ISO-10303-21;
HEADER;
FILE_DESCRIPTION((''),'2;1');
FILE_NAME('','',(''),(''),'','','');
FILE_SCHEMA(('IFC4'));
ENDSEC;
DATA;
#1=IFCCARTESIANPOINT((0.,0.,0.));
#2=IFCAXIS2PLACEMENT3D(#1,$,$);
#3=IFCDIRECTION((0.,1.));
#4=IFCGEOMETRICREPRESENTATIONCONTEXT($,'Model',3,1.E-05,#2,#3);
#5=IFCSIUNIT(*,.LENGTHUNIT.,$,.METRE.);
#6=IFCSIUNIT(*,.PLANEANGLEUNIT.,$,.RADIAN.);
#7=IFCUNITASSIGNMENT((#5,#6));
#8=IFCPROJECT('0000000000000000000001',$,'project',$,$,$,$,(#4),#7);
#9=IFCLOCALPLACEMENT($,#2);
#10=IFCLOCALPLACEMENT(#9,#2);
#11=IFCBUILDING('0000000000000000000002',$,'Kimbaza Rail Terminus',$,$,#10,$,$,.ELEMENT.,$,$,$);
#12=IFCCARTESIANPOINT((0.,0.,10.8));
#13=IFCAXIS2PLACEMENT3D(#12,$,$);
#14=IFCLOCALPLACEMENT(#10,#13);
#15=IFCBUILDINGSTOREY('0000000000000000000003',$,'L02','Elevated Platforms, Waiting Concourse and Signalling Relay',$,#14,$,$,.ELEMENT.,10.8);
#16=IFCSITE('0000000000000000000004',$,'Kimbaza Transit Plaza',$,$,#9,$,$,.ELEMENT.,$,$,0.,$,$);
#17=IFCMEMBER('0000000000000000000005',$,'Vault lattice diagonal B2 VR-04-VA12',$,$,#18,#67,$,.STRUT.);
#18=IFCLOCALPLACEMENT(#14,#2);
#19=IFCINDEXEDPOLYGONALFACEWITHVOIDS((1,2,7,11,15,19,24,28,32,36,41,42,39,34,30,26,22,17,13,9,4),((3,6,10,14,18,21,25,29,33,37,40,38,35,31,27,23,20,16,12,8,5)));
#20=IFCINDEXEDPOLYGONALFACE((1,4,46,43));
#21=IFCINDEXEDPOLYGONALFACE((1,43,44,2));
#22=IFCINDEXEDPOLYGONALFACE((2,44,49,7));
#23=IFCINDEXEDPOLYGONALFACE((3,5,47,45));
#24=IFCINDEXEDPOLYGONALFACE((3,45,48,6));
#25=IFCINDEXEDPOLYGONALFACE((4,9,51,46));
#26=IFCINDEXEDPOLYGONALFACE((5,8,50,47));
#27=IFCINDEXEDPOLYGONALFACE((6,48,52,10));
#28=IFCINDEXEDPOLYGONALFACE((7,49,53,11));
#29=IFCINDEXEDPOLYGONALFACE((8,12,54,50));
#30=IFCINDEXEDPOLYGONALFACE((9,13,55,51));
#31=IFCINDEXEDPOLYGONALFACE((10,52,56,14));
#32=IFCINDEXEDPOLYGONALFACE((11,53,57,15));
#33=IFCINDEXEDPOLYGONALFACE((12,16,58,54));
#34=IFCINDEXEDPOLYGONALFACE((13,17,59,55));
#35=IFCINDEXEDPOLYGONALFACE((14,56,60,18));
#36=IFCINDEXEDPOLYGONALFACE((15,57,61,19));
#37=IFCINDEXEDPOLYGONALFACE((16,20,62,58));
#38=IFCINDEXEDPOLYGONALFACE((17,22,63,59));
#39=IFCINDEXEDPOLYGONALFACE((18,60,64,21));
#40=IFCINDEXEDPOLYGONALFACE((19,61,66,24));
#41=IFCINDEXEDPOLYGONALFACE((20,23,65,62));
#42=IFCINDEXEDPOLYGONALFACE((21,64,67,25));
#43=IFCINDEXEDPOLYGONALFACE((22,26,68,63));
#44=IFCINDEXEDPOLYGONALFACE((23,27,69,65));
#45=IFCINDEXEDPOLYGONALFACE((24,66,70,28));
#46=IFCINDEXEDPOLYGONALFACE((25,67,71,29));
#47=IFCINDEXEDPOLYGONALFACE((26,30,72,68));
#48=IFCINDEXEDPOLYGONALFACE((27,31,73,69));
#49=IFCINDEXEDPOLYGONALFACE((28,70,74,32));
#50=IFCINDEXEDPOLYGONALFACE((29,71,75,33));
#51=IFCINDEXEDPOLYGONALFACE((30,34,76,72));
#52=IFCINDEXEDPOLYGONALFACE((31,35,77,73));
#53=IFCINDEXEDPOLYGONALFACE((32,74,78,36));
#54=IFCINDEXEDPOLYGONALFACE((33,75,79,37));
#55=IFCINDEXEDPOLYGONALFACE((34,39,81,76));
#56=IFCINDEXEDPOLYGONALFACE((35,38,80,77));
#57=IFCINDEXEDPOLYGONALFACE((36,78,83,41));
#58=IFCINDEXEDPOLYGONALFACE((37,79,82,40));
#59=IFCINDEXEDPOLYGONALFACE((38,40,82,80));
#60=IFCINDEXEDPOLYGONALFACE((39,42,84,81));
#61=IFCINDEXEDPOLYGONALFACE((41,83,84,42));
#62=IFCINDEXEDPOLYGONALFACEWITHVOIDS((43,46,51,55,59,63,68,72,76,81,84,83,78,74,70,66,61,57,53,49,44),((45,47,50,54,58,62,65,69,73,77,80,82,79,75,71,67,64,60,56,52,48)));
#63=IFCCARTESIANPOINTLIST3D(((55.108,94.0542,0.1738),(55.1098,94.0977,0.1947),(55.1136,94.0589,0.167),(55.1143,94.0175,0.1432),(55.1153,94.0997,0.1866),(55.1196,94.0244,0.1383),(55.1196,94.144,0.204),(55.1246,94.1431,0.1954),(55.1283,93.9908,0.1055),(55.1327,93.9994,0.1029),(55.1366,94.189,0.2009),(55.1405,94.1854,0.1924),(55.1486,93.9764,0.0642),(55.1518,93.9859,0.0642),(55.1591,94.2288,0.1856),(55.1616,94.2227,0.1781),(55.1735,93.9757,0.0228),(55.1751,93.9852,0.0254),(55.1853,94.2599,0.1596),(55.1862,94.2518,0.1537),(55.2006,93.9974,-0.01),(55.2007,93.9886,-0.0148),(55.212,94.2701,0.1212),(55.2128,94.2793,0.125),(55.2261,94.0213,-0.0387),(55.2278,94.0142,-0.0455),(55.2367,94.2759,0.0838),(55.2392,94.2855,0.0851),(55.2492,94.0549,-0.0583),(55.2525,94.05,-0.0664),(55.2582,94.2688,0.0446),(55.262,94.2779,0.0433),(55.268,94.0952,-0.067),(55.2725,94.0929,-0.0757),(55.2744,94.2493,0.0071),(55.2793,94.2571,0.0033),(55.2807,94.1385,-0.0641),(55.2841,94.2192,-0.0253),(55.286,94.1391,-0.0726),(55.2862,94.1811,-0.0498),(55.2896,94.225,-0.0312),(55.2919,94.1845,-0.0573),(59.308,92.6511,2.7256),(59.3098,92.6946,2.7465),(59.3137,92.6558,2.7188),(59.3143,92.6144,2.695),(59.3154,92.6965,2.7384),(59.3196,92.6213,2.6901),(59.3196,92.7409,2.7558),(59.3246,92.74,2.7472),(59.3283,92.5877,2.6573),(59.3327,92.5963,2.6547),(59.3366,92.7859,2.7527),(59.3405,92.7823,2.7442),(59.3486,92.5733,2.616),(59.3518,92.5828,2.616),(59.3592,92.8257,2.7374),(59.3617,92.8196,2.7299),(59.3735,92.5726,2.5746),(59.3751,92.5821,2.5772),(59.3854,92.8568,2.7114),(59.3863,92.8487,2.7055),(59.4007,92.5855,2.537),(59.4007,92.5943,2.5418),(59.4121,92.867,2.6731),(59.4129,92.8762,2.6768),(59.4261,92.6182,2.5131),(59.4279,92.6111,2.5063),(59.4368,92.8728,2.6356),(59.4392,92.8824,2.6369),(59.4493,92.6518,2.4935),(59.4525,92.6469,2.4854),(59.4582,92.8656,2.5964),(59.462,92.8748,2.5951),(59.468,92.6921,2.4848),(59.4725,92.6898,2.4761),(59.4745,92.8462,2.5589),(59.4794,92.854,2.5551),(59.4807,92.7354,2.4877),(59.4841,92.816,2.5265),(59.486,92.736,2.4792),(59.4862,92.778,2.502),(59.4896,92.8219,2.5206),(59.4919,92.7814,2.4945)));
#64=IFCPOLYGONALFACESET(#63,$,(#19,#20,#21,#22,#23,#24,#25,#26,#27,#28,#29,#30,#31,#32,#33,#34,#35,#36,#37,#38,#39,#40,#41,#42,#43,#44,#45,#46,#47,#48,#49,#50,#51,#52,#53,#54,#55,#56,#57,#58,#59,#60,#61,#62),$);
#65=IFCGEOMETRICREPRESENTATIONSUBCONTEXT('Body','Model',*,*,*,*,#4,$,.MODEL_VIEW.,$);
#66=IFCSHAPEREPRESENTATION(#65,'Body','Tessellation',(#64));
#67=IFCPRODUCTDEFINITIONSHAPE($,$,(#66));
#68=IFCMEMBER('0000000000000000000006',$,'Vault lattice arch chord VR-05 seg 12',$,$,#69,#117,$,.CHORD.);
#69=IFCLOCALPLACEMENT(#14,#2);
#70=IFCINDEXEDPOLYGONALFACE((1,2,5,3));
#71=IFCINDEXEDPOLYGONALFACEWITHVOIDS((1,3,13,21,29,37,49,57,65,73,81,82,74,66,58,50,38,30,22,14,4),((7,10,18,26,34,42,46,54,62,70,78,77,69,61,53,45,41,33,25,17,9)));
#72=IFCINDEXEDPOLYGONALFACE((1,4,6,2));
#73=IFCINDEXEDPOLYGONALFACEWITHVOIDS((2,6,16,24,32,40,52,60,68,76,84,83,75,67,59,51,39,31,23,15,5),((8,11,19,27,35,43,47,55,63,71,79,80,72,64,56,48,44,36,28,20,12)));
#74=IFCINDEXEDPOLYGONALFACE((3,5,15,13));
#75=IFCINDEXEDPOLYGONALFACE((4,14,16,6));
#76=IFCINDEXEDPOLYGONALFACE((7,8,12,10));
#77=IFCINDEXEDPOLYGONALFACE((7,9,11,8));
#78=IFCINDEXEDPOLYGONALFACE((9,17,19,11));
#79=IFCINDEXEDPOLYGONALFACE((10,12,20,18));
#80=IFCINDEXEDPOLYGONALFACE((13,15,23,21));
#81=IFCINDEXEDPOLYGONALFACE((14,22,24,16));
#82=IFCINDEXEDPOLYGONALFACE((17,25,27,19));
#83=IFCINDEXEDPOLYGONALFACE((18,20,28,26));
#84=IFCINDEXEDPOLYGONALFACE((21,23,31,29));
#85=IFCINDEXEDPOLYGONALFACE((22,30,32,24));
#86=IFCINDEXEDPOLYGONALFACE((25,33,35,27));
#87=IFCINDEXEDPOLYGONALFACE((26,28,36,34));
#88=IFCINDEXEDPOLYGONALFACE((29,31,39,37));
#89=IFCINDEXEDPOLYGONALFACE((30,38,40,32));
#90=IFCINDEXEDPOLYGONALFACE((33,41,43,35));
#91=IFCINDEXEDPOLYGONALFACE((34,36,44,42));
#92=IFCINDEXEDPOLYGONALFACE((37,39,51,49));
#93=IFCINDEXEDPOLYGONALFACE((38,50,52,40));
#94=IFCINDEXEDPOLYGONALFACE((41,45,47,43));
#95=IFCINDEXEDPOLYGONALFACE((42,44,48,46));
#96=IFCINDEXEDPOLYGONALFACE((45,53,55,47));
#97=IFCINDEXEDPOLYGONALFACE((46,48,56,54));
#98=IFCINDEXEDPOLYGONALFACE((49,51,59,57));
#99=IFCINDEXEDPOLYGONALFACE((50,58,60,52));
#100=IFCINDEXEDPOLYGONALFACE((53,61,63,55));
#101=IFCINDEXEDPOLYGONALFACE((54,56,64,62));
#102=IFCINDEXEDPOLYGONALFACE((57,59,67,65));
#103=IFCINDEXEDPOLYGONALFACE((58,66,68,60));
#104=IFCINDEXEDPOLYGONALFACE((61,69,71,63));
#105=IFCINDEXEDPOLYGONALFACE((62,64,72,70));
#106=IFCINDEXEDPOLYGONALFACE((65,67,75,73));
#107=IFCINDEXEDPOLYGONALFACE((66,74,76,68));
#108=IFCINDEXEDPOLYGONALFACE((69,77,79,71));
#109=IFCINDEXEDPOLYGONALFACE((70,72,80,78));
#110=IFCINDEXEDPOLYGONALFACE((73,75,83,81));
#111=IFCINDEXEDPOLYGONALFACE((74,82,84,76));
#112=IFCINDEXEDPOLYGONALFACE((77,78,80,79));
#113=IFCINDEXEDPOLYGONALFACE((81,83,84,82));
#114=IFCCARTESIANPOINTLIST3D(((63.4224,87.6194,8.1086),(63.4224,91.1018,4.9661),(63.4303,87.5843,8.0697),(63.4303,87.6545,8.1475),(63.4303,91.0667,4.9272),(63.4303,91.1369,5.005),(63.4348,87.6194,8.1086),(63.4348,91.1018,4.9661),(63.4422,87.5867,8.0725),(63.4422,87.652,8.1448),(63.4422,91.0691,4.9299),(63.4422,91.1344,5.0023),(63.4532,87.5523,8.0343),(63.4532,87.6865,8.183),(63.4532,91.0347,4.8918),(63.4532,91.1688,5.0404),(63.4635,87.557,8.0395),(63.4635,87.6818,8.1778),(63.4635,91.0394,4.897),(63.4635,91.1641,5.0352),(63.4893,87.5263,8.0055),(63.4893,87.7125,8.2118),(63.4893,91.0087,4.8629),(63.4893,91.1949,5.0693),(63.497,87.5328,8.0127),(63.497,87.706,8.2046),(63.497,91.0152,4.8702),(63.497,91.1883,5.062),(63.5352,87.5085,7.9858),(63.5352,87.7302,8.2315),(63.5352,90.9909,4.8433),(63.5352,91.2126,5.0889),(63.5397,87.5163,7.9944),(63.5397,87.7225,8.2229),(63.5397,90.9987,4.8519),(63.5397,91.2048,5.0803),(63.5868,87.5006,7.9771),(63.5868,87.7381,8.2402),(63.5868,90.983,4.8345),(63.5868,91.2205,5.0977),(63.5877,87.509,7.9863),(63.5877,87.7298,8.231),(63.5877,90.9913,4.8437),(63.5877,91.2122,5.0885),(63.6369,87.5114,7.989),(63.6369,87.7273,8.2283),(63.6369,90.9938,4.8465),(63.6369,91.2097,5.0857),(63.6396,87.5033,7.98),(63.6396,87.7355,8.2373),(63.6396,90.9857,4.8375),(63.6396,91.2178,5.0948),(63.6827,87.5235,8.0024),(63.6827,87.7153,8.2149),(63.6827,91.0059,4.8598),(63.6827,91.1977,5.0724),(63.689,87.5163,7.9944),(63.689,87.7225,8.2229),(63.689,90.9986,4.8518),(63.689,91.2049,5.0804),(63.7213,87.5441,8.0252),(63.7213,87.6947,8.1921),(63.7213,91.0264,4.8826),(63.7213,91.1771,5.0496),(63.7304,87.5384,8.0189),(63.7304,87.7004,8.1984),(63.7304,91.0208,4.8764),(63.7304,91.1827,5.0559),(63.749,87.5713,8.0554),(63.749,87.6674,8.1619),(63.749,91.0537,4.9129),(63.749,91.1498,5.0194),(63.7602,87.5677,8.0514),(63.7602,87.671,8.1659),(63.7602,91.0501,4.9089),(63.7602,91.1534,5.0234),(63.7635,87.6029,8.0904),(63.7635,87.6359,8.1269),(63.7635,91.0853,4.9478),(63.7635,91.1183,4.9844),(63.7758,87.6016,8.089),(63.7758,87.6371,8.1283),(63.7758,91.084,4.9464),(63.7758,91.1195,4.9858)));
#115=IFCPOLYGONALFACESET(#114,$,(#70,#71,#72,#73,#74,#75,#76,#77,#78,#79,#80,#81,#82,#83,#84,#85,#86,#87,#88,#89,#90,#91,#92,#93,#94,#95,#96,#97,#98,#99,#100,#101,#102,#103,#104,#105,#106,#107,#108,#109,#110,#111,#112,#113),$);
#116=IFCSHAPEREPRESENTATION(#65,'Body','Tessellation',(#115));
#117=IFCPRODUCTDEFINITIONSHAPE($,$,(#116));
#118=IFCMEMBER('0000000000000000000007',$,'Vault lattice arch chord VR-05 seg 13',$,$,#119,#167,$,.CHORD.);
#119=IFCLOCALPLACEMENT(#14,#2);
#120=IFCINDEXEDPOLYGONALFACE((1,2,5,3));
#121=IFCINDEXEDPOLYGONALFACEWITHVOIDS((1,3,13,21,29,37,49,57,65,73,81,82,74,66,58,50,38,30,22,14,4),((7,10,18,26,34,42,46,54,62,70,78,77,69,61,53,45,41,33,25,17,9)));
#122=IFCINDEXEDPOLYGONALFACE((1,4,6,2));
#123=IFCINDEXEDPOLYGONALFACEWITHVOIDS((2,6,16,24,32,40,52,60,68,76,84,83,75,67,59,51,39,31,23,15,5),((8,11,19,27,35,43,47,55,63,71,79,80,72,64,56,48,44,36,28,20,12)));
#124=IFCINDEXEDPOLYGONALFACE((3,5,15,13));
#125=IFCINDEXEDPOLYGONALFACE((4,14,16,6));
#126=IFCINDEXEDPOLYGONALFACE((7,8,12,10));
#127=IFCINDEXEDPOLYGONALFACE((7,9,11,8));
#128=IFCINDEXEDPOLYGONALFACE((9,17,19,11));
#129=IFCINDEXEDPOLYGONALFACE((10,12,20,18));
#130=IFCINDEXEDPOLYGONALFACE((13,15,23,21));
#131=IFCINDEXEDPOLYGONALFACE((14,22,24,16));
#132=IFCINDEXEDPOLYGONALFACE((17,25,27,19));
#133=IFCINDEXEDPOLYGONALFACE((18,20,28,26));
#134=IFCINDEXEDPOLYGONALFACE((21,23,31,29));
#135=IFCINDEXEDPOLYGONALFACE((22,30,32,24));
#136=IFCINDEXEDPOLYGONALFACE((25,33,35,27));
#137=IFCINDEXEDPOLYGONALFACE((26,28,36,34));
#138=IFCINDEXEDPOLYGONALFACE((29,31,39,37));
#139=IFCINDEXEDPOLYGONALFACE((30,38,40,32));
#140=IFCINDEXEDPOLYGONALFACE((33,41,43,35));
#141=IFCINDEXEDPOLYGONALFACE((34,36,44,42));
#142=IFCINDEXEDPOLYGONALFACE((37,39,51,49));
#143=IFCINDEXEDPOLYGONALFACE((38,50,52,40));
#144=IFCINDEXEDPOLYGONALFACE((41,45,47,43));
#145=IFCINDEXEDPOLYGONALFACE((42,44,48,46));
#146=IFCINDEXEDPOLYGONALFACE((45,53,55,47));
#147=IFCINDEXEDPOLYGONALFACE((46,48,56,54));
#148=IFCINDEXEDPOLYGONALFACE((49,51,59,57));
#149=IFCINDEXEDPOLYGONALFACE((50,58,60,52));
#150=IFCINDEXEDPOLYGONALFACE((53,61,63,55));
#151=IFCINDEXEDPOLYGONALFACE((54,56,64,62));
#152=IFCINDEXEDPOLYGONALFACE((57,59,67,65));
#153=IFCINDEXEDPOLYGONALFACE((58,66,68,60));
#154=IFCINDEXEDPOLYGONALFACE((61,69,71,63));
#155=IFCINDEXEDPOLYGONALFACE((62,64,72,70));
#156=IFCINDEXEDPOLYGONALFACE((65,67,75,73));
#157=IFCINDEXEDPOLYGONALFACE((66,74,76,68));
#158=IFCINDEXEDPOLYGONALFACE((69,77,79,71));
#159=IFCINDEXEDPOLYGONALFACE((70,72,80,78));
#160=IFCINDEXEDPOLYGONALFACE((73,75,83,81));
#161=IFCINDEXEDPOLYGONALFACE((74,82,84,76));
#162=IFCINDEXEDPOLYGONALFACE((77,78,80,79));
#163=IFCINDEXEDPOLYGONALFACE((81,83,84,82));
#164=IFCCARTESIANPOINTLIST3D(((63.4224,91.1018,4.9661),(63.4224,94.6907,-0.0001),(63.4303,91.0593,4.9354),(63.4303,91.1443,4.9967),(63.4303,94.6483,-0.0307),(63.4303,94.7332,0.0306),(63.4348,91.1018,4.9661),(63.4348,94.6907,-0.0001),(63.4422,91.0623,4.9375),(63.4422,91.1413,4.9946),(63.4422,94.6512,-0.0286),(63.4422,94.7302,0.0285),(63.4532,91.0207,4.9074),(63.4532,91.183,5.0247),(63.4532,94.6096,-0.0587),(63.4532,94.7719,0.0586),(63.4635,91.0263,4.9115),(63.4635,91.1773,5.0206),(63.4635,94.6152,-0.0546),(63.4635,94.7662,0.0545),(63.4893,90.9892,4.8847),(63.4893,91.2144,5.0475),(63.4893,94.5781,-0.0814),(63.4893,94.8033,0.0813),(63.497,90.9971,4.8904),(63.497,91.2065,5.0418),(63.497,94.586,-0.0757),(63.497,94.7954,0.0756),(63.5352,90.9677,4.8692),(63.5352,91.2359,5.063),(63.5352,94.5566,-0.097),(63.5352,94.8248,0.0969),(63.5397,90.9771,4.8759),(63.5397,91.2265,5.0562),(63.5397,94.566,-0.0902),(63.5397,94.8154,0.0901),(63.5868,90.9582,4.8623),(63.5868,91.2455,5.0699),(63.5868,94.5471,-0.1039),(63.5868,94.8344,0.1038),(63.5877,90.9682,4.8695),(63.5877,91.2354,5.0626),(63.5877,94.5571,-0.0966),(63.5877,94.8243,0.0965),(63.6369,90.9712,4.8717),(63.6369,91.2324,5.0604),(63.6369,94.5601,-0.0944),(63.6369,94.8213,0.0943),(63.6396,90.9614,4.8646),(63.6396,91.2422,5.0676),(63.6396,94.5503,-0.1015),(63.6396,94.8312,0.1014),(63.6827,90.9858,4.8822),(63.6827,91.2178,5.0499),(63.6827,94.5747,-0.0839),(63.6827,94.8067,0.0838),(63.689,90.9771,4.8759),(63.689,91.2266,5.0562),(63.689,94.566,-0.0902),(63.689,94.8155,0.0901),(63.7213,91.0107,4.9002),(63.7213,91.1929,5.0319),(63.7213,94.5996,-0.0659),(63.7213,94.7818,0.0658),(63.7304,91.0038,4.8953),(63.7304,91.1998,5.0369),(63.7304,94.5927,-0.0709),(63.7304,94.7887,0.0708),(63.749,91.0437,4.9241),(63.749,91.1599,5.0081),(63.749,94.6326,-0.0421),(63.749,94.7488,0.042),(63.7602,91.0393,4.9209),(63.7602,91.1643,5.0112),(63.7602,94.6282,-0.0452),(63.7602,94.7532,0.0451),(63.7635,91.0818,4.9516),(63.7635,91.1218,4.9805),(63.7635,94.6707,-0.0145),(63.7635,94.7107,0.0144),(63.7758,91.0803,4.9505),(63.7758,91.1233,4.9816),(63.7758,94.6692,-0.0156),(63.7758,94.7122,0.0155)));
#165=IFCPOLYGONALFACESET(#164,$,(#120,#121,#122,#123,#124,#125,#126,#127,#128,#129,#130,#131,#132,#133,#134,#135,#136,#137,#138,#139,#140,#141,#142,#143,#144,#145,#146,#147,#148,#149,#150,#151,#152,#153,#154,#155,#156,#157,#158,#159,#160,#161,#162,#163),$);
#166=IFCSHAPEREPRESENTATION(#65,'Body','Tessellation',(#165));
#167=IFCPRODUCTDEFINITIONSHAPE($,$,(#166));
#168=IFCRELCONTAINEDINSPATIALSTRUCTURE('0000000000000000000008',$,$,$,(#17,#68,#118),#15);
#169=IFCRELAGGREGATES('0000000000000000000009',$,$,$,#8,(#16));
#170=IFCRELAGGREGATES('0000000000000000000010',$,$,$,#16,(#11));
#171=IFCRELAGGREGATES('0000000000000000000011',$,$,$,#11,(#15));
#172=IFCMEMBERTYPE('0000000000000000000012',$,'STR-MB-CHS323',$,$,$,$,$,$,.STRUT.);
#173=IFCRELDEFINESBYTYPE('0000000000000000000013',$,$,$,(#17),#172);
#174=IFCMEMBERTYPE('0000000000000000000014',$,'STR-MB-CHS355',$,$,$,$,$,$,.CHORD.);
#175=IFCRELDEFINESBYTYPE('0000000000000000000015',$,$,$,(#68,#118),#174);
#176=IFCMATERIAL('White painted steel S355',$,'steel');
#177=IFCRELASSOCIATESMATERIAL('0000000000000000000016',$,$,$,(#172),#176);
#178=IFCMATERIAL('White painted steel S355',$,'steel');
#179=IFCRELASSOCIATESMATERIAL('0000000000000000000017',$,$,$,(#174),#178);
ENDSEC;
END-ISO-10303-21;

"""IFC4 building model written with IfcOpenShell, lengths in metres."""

from ifc_helpers import new_model, si_unit, direction, frame, origin, origin_2d, place, context, subcontext, project, spatial, hollow_circle, extrude, material, material_profile, profile_set, type_object, element, save


model = new_model("IFC4")

# Units and contexts
model_context = context("Model", 3, precision=1e-05, world=origin(), true_north=direction((0.0, 1.0)))
body_context = subcontext(model_context, "Body", "Model", "MODEL_VIEW")
ifc_project = project(units=[si_unit("LENGTHUNIT", "METRE"), si_unit("PLANEANGLEUNIT", "RADIAN")], contexts=[model_context])

# Site, building, storey
site_placement = place(None, origin())
site = spatial("IfcSite", under=ifc_project, at=site_placement, Name="Kimbaza Transit Plaza", CompositionType="ELEMENT", RefElevation=0.0)
building_placement = place(site_placement, origin())
building = spatial("IfcBuilding", under=site, at=building_placement, Name="Kimbaza Rail Terminus", CompositionType="ELEMENT")
storey_placement = place(building_placement, frame((0.0, 0.0, 10.8)))
storey = spatial("IfcBuildingStorey", under=building, at=storey_placement, Name="L02", Description="Elevated Platforms, Waiting Concourse and Signalling Relay", CompositionType="ELEMENT", Elevation=10.8)

# Members
ifc_material_1 = material(Name="White painted steel S355", Category="steel")
ifc_material_profile_1 = material_profile(ifc_material_1, hollow_circle(Radius=0.1619, WallThickness=0.01, at=origin_2d()), Name="CHS 323.9x10")
ifc_profile_set_1 = profile_set([ifc_material_profile_1], Name="White painted steel S355")
member_type_1 = type_object("IfcMemberType", Name="STR-MB-CHS323", PredefinedType="STRUT", material=ifc_profile_set_1)
for number, where, z_axis, x_axis, name in (
    (1, (59.3999, 92.7268, 2.616), (-0.821789, 0.274535, -0.499293), (-0.316856, -0.948474, 0.0), "Vault lattice diagonal B2 VR-04-VA12"),
):
    element("IfcMember", number, at=place(storey_placement, frame(where, z_axis=z_axis, x_axis=x_axis)), inside=storey, type_object=member_type_1, Name=name, PredefinedType="STRUT", context=body_context, shape_type="SweptSolid", body=[
        extrude(hollow_circle(Radius=0.1619, WallThickness=0.01, at=origin_2d()), origin(), (0.0, 0.0, 1.0), 5.1108),
    ])
ifc_material_2 = material(Name="White painted steel S355", Category="steel")
ifc_material_profile_2 = material_profile(ifc_material_2, hollow_circle(Radius=0.1777, WallThickness=0.0125, at=origin_2d()), Name="CHS 355.6x12.5")
ifc_profile_set_2 = profile_set([ifc_material_profile_2], Name="White painted steel S355")
member_type_2 = type_object("IfcMemberType", Name="STR-MB-CHS355", PredefinedType="CHORD", material=ifc_profile_set_2)
member_1_placement = place(storey_placement, frame((63.6001, 87.6194, 8.1086), z_axis=(0.0, 0.742403, -0.669953), x_axis=(-1.0, 0.0, 0.0)))
element("IfcMember", 2, at=member_1_placement, inside=storey, type_object=member_type_2, Name="Vault lattice arch chord VR-05 seg 12", PredefinedType="CHORD", context=body_context, shape_type="SweptSolid", body=[
    extrude(hollow_circle(Radius=0.1777, WallThickness=0.0125, at=origin_2d()), origin(), (0.0, 0.0, 1.0), 4.6907),
])
member_2_placement = place(storey_placement, frame((63.6001, 91.1018, 4.9661), z_axis=(0.0, 0.585733, -0.810504), x_axis=(-1.0, 0.0, 0.0)))
element("IfcMember", 3, at=member_2_placement, inside=storey, type_object=member_type_2, Name="Vault lattice arch chord VR-05 seg 13", PredefinedType="CHORD", context=body_context, shape_type="SweptSolid", body=[
    extrude(hollow_circle(Radius=0.1777, WallThickness=0.0125, at=origin_2d()), origin(), (0.0, 0.0, 1.0), 6.1272),
])

save(model, "model.ifc")
